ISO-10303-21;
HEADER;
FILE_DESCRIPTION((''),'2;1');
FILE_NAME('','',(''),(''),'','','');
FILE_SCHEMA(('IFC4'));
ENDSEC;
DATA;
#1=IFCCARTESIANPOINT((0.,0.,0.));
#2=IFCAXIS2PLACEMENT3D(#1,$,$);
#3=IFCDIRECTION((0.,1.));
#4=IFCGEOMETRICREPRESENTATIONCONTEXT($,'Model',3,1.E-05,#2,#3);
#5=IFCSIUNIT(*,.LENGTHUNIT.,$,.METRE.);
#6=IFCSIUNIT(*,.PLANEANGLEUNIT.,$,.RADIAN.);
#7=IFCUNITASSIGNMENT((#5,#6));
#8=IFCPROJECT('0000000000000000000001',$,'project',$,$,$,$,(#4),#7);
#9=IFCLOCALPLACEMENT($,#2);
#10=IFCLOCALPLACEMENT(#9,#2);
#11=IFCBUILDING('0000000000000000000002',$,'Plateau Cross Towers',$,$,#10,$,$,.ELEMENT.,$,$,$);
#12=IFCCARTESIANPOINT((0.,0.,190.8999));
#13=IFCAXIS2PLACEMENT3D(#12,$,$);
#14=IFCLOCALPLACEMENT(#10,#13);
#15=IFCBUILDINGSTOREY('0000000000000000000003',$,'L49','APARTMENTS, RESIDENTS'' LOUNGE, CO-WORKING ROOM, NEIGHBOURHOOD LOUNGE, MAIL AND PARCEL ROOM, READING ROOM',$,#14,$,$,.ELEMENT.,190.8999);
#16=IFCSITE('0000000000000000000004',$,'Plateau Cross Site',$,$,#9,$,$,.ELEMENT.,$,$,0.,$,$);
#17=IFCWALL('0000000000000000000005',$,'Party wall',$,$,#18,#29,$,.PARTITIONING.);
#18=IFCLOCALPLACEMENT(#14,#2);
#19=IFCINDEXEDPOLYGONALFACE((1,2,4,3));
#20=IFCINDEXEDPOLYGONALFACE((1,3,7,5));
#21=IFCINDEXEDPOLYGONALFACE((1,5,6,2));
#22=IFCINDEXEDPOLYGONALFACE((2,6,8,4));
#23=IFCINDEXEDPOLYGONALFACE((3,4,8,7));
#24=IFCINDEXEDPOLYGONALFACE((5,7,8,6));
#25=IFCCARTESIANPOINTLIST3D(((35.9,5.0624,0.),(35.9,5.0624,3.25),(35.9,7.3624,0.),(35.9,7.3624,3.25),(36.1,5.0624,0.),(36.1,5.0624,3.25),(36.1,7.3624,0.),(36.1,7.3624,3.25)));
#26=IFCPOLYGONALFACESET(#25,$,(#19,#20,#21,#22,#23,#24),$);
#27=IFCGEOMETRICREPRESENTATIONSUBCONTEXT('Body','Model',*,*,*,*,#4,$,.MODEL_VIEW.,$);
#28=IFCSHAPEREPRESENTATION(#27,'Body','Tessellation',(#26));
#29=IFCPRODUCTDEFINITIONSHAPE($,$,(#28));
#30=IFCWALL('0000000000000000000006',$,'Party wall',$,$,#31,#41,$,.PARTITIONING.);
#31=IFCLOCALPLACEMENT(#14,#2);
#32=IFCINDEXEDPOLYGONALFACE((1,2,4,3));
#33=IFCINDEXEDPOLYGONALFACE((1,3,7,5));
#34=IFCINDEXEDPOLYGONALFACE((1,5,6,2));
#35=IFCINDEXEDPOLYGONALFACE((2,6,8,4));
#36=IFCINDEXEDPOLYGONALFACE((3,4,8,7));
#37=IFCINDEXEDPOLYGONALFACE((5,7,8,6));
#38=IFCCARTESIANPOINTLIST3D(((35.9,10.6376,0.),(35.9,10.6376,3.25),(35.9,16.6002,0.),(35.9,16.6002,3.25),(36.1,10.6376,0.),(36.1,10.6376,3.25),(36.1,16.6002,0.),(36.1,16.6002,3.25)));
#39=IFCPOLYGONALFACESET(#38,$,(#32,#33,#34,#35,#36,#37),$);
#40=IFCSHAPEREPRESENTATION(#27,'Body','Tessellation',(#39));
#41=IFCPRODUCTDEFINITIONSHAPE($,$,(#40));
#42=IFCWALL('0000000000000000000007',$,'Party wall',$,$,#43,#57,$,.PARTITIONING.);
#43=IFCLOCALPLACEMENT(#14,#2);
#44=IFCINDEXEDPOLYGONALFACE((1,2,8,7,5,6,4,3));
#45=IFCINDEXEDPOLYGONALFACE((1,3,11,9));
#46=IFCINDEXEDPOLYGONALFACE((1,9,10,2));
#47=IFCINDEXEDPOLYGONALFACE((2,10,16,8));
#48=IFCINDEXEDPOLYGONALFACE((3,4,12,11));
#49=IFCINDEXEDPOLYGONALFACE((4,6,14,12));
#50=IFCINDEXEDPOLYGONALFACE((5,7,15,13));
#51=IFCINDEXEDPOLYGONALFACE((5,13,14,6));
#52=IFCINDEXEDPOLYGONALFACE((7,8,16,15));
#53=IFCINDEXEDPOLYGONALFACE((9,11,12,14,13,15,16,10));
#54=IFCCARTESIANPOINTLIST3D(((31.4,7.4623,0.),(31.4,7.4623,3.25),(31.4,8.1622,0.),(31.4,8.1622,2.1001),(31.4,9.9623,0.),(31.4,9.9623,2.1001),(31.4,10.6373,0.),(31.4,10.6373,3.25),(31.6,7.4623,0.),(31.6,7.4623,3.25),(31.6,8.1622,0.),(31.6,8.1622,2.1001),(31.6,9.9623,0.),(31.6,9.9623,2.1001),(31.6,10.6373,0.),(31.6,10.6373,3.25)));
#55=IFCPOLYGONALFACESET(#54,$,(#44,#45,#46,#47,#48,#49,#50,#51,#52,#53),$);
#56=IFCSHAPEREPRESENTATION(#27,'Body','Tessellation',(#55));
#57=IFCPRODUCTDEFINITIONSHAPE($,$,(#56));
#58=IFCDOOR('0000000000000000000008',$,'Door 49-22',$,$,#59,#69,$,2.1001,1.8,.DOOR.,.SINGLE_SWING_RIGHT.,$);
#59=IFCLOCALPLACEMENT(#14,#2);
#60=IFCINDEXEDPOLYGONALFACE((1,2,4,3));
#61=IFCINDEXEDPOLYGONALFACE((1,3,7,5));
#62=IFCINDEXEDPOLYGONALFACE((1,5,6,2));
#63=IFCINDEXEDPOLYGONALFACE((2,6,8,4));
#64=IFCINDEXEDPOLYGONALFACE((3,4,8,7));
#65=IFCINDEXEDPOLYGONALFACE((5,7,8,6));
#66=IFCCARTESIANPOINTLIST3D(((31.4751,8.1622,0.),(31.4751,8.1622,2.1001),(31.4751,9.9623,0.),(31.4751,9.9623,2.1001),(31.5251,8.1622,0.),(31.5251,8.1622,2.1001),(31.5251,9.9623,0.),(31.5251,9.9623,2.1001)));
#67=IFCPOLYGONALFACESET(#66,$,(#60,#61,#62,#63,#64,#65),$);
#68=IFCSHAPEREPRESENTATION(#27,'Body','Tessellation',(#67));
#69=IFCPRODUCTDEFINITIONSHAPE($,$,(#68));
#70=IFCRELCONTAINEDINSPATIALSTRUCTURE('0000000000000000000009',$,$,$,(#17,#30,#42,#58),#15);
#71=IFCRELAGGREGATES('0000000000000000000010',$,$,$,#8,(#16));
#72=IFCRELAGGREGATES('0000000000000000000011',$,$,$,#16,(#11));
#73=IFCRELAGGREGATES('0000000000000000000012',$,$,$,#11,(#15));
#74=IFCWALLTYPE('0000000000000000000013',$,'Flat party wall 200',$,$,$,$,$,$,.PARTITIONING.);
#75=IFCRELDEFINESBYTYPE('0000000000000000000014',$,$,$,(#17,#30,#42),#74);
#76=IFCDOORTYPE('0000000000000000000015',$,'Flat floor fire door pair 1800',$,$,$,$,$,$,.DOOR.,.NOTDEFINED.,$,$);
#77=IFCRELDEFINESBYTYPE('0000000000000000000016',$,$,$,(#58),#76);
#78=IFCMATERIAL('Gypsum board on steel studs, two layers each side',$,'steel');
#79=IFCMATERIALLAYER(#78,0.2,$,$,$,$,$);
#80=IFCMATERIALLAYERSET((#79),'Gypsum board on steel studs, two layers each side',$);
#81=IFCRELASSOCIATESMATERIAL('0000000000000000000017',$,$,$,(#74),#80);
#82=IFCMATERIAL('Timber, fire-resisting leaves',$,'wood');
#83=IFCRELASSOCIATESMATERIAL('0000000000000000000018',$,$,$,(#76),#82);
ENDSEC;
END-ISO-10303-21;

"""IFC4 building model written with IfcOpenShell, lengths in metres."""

from ifc_helpers import new_model, si_unit, direction, frame, frame_2d, origin, place, context, subcontext, project, spatial, rectangle, extrude, material, layer, layer_set, type_object, element, fill, save


model = new_model("IFC4")

# Units and contexts
model_context = context("Model", 3, precision=1e-05, world=origin(), true_north=direction((0.0, 1.0)))
body_context = subcontext(model_context, "Body", "Model", "MODEL_VIEW")
ifc_project = project(units=[si_unit("LENGTHUNIT", "METRE"), si_unit("PLANEANGLEUNIT", "RADIAN")], contexts=[model_context])

# Site, building, storey
site_placement = place(None, origin())
site = spatial("IfcSite", under=ifc_project, at=site_placement, Name="Plateau Cross Site", CompositionType="ELEMENT", RefElevation=0.0)
building_placement = place(site_placement, origin())
building = spatial("IfcBuilding", under=site, at=building_placement, Name="Plateau Cross Towers", CompositionType="ELEMENT")
storey_placement = place(building_placement, frame((0.0, 0.0, 190.8999)))
storey = spatial("IfcBuildingStorey", under=building, at=storey_placement, Name="L49", Description="APARTMENTS, RESIDENTS' LOUNGE, CO-WORKING ROOM, NEIGHBOURHOOD LOUNGE, MAIL AND PARCEL ROOM, READING ROOM", CompositionType="ELEMENT", Elevation=190.8999)

# Walls
ifc_material_1 = material(Name="Gypsum board on steel studs, two layers each side", Category="steel")
ifc_layer_1 = layer(ifc_material_1, 0.2)
ifc_layer_set_1 = layer_set([ifc_layer_1], Name="Gypsum board on steel studs, two layers each side")
wall_type_1 = type_object("IfcWallType", Name="Flat party wall 200", PredefinedType="PARTITIONING", material=ifc_layer_set_1)
wall_1_placement = place(storey_placement, frame((36.0, 5.0625, 0.0), z_axis=(0.0, 0.0, 1.0), x_axis=(0.0, 1.0, 0.0)))
element("IfcWall", 1, at=wall_1_placement, inside=storey, type_object=wall_type_1, Name="Party wall", PredefinedType="PARTITIONING", context=body_context, shape_type="SweptSolid", body=[
    extrude(rectangle(XDim=2.3, YDim=0.2, at=frame_2d((1.1499, 0.0))), origin(), (0.0, 0.0, 1.0), 3.25),
])
wall_2_placement = place(storey_placement, frame((36.0, 10.6375, 0.0), z_axis=(0.0, 0.0, 1.0), x_axis=(0.0, 1.0, 0.0)))
element("IfcWall", 2, at=wall_2_placement, inside=storey, type_object=wall_type_1, Name="Party wall", PredefinedType="PARTITIONING", context=body_context, shape_type="SweptSolid", body=[
    extrude(rectangle(XDim=5.9626, YDim=0.2, at=frame_2d((2.9814, 0.0))), origin(), (0.0, 0.0, 1.0), 3.25),
])

# Wall, opening, door
wall_3_placement = place(storey_placement, frame((31.5, 7.4624, 0.0), z_axis=(0.0, 0.0, 1.0), x_axis=(0.0, 1.0, 0.0)))
wall_3 = element("IfcWall", 3, at=wall_3_placement, inside=storey, type_object=wall_type_1, Name="Party wall", PredefinedType="PARTITIONING", context=body_context, shape_type="SweptSolid", body=[
    extrude(rectangle(XDim=3.175, YDim=0.2, at=frame_2d((1.5874, 0.0))), origin(), (0.0, 0.0, 1.0), 3.25),
])
opening_1_placement = place(wall_3_placement, frame((0.7, 0.0, 0.0)))
opening_1 = element("IfcOpeningElement", 4, at=opening_1_placement, cuts=wall_3, PredefinedType="OPENING", context=body_context, shape_type="SweptSolid", body=[
    extrude(rectangle(XDim=1.8, YDim=2.1001, at=frame_2d((0.8999, 1.05))), frame((0.0, 0.1099, 0.0), z_axis=(0.0, -1.0, 0.0), x_axis=(1.0, 0.0, 0.0)), (0.0, 0.0, 1.0), 0.22),
])
ifc_material_2 = material(Name="Timber, fire-resisting leaves", Category="wood")
door_type_1 = type_object("IfcDoorType", Name="Flat floor fire door pair 1800", OperationType="NOTDEFINED", PredefinedType="DOOR", material=ifc_material_2)
door_1_placement = place(opening_1_placement, origin())
door_1 = element("IfcDoor", 5, at=door_1_placement, inside=storey, type_object=door_type_1, Name="Door 49-22", OperationType="SINGLE_SWING_RIGHT", OverallHeight=2.1001, OverallWidth=1.8, PredefinedType="DOOR", context=body_context, shape_type="SweptSolid", body=[
    extrude(rectangle(XDim=1.8, YDim=2.1001, at=frame_2d((0.8999, 1.05))), frame((0.0, 0.0249, 0.0), z_axis=(0.0, -1.0, 0.0), x_axis=(1.0, 0.0, 0.0)), (0.0, 0.0, 1.0), 0.05),
])
fill(opening_1, door_1)

save(model, "model.ifc")
